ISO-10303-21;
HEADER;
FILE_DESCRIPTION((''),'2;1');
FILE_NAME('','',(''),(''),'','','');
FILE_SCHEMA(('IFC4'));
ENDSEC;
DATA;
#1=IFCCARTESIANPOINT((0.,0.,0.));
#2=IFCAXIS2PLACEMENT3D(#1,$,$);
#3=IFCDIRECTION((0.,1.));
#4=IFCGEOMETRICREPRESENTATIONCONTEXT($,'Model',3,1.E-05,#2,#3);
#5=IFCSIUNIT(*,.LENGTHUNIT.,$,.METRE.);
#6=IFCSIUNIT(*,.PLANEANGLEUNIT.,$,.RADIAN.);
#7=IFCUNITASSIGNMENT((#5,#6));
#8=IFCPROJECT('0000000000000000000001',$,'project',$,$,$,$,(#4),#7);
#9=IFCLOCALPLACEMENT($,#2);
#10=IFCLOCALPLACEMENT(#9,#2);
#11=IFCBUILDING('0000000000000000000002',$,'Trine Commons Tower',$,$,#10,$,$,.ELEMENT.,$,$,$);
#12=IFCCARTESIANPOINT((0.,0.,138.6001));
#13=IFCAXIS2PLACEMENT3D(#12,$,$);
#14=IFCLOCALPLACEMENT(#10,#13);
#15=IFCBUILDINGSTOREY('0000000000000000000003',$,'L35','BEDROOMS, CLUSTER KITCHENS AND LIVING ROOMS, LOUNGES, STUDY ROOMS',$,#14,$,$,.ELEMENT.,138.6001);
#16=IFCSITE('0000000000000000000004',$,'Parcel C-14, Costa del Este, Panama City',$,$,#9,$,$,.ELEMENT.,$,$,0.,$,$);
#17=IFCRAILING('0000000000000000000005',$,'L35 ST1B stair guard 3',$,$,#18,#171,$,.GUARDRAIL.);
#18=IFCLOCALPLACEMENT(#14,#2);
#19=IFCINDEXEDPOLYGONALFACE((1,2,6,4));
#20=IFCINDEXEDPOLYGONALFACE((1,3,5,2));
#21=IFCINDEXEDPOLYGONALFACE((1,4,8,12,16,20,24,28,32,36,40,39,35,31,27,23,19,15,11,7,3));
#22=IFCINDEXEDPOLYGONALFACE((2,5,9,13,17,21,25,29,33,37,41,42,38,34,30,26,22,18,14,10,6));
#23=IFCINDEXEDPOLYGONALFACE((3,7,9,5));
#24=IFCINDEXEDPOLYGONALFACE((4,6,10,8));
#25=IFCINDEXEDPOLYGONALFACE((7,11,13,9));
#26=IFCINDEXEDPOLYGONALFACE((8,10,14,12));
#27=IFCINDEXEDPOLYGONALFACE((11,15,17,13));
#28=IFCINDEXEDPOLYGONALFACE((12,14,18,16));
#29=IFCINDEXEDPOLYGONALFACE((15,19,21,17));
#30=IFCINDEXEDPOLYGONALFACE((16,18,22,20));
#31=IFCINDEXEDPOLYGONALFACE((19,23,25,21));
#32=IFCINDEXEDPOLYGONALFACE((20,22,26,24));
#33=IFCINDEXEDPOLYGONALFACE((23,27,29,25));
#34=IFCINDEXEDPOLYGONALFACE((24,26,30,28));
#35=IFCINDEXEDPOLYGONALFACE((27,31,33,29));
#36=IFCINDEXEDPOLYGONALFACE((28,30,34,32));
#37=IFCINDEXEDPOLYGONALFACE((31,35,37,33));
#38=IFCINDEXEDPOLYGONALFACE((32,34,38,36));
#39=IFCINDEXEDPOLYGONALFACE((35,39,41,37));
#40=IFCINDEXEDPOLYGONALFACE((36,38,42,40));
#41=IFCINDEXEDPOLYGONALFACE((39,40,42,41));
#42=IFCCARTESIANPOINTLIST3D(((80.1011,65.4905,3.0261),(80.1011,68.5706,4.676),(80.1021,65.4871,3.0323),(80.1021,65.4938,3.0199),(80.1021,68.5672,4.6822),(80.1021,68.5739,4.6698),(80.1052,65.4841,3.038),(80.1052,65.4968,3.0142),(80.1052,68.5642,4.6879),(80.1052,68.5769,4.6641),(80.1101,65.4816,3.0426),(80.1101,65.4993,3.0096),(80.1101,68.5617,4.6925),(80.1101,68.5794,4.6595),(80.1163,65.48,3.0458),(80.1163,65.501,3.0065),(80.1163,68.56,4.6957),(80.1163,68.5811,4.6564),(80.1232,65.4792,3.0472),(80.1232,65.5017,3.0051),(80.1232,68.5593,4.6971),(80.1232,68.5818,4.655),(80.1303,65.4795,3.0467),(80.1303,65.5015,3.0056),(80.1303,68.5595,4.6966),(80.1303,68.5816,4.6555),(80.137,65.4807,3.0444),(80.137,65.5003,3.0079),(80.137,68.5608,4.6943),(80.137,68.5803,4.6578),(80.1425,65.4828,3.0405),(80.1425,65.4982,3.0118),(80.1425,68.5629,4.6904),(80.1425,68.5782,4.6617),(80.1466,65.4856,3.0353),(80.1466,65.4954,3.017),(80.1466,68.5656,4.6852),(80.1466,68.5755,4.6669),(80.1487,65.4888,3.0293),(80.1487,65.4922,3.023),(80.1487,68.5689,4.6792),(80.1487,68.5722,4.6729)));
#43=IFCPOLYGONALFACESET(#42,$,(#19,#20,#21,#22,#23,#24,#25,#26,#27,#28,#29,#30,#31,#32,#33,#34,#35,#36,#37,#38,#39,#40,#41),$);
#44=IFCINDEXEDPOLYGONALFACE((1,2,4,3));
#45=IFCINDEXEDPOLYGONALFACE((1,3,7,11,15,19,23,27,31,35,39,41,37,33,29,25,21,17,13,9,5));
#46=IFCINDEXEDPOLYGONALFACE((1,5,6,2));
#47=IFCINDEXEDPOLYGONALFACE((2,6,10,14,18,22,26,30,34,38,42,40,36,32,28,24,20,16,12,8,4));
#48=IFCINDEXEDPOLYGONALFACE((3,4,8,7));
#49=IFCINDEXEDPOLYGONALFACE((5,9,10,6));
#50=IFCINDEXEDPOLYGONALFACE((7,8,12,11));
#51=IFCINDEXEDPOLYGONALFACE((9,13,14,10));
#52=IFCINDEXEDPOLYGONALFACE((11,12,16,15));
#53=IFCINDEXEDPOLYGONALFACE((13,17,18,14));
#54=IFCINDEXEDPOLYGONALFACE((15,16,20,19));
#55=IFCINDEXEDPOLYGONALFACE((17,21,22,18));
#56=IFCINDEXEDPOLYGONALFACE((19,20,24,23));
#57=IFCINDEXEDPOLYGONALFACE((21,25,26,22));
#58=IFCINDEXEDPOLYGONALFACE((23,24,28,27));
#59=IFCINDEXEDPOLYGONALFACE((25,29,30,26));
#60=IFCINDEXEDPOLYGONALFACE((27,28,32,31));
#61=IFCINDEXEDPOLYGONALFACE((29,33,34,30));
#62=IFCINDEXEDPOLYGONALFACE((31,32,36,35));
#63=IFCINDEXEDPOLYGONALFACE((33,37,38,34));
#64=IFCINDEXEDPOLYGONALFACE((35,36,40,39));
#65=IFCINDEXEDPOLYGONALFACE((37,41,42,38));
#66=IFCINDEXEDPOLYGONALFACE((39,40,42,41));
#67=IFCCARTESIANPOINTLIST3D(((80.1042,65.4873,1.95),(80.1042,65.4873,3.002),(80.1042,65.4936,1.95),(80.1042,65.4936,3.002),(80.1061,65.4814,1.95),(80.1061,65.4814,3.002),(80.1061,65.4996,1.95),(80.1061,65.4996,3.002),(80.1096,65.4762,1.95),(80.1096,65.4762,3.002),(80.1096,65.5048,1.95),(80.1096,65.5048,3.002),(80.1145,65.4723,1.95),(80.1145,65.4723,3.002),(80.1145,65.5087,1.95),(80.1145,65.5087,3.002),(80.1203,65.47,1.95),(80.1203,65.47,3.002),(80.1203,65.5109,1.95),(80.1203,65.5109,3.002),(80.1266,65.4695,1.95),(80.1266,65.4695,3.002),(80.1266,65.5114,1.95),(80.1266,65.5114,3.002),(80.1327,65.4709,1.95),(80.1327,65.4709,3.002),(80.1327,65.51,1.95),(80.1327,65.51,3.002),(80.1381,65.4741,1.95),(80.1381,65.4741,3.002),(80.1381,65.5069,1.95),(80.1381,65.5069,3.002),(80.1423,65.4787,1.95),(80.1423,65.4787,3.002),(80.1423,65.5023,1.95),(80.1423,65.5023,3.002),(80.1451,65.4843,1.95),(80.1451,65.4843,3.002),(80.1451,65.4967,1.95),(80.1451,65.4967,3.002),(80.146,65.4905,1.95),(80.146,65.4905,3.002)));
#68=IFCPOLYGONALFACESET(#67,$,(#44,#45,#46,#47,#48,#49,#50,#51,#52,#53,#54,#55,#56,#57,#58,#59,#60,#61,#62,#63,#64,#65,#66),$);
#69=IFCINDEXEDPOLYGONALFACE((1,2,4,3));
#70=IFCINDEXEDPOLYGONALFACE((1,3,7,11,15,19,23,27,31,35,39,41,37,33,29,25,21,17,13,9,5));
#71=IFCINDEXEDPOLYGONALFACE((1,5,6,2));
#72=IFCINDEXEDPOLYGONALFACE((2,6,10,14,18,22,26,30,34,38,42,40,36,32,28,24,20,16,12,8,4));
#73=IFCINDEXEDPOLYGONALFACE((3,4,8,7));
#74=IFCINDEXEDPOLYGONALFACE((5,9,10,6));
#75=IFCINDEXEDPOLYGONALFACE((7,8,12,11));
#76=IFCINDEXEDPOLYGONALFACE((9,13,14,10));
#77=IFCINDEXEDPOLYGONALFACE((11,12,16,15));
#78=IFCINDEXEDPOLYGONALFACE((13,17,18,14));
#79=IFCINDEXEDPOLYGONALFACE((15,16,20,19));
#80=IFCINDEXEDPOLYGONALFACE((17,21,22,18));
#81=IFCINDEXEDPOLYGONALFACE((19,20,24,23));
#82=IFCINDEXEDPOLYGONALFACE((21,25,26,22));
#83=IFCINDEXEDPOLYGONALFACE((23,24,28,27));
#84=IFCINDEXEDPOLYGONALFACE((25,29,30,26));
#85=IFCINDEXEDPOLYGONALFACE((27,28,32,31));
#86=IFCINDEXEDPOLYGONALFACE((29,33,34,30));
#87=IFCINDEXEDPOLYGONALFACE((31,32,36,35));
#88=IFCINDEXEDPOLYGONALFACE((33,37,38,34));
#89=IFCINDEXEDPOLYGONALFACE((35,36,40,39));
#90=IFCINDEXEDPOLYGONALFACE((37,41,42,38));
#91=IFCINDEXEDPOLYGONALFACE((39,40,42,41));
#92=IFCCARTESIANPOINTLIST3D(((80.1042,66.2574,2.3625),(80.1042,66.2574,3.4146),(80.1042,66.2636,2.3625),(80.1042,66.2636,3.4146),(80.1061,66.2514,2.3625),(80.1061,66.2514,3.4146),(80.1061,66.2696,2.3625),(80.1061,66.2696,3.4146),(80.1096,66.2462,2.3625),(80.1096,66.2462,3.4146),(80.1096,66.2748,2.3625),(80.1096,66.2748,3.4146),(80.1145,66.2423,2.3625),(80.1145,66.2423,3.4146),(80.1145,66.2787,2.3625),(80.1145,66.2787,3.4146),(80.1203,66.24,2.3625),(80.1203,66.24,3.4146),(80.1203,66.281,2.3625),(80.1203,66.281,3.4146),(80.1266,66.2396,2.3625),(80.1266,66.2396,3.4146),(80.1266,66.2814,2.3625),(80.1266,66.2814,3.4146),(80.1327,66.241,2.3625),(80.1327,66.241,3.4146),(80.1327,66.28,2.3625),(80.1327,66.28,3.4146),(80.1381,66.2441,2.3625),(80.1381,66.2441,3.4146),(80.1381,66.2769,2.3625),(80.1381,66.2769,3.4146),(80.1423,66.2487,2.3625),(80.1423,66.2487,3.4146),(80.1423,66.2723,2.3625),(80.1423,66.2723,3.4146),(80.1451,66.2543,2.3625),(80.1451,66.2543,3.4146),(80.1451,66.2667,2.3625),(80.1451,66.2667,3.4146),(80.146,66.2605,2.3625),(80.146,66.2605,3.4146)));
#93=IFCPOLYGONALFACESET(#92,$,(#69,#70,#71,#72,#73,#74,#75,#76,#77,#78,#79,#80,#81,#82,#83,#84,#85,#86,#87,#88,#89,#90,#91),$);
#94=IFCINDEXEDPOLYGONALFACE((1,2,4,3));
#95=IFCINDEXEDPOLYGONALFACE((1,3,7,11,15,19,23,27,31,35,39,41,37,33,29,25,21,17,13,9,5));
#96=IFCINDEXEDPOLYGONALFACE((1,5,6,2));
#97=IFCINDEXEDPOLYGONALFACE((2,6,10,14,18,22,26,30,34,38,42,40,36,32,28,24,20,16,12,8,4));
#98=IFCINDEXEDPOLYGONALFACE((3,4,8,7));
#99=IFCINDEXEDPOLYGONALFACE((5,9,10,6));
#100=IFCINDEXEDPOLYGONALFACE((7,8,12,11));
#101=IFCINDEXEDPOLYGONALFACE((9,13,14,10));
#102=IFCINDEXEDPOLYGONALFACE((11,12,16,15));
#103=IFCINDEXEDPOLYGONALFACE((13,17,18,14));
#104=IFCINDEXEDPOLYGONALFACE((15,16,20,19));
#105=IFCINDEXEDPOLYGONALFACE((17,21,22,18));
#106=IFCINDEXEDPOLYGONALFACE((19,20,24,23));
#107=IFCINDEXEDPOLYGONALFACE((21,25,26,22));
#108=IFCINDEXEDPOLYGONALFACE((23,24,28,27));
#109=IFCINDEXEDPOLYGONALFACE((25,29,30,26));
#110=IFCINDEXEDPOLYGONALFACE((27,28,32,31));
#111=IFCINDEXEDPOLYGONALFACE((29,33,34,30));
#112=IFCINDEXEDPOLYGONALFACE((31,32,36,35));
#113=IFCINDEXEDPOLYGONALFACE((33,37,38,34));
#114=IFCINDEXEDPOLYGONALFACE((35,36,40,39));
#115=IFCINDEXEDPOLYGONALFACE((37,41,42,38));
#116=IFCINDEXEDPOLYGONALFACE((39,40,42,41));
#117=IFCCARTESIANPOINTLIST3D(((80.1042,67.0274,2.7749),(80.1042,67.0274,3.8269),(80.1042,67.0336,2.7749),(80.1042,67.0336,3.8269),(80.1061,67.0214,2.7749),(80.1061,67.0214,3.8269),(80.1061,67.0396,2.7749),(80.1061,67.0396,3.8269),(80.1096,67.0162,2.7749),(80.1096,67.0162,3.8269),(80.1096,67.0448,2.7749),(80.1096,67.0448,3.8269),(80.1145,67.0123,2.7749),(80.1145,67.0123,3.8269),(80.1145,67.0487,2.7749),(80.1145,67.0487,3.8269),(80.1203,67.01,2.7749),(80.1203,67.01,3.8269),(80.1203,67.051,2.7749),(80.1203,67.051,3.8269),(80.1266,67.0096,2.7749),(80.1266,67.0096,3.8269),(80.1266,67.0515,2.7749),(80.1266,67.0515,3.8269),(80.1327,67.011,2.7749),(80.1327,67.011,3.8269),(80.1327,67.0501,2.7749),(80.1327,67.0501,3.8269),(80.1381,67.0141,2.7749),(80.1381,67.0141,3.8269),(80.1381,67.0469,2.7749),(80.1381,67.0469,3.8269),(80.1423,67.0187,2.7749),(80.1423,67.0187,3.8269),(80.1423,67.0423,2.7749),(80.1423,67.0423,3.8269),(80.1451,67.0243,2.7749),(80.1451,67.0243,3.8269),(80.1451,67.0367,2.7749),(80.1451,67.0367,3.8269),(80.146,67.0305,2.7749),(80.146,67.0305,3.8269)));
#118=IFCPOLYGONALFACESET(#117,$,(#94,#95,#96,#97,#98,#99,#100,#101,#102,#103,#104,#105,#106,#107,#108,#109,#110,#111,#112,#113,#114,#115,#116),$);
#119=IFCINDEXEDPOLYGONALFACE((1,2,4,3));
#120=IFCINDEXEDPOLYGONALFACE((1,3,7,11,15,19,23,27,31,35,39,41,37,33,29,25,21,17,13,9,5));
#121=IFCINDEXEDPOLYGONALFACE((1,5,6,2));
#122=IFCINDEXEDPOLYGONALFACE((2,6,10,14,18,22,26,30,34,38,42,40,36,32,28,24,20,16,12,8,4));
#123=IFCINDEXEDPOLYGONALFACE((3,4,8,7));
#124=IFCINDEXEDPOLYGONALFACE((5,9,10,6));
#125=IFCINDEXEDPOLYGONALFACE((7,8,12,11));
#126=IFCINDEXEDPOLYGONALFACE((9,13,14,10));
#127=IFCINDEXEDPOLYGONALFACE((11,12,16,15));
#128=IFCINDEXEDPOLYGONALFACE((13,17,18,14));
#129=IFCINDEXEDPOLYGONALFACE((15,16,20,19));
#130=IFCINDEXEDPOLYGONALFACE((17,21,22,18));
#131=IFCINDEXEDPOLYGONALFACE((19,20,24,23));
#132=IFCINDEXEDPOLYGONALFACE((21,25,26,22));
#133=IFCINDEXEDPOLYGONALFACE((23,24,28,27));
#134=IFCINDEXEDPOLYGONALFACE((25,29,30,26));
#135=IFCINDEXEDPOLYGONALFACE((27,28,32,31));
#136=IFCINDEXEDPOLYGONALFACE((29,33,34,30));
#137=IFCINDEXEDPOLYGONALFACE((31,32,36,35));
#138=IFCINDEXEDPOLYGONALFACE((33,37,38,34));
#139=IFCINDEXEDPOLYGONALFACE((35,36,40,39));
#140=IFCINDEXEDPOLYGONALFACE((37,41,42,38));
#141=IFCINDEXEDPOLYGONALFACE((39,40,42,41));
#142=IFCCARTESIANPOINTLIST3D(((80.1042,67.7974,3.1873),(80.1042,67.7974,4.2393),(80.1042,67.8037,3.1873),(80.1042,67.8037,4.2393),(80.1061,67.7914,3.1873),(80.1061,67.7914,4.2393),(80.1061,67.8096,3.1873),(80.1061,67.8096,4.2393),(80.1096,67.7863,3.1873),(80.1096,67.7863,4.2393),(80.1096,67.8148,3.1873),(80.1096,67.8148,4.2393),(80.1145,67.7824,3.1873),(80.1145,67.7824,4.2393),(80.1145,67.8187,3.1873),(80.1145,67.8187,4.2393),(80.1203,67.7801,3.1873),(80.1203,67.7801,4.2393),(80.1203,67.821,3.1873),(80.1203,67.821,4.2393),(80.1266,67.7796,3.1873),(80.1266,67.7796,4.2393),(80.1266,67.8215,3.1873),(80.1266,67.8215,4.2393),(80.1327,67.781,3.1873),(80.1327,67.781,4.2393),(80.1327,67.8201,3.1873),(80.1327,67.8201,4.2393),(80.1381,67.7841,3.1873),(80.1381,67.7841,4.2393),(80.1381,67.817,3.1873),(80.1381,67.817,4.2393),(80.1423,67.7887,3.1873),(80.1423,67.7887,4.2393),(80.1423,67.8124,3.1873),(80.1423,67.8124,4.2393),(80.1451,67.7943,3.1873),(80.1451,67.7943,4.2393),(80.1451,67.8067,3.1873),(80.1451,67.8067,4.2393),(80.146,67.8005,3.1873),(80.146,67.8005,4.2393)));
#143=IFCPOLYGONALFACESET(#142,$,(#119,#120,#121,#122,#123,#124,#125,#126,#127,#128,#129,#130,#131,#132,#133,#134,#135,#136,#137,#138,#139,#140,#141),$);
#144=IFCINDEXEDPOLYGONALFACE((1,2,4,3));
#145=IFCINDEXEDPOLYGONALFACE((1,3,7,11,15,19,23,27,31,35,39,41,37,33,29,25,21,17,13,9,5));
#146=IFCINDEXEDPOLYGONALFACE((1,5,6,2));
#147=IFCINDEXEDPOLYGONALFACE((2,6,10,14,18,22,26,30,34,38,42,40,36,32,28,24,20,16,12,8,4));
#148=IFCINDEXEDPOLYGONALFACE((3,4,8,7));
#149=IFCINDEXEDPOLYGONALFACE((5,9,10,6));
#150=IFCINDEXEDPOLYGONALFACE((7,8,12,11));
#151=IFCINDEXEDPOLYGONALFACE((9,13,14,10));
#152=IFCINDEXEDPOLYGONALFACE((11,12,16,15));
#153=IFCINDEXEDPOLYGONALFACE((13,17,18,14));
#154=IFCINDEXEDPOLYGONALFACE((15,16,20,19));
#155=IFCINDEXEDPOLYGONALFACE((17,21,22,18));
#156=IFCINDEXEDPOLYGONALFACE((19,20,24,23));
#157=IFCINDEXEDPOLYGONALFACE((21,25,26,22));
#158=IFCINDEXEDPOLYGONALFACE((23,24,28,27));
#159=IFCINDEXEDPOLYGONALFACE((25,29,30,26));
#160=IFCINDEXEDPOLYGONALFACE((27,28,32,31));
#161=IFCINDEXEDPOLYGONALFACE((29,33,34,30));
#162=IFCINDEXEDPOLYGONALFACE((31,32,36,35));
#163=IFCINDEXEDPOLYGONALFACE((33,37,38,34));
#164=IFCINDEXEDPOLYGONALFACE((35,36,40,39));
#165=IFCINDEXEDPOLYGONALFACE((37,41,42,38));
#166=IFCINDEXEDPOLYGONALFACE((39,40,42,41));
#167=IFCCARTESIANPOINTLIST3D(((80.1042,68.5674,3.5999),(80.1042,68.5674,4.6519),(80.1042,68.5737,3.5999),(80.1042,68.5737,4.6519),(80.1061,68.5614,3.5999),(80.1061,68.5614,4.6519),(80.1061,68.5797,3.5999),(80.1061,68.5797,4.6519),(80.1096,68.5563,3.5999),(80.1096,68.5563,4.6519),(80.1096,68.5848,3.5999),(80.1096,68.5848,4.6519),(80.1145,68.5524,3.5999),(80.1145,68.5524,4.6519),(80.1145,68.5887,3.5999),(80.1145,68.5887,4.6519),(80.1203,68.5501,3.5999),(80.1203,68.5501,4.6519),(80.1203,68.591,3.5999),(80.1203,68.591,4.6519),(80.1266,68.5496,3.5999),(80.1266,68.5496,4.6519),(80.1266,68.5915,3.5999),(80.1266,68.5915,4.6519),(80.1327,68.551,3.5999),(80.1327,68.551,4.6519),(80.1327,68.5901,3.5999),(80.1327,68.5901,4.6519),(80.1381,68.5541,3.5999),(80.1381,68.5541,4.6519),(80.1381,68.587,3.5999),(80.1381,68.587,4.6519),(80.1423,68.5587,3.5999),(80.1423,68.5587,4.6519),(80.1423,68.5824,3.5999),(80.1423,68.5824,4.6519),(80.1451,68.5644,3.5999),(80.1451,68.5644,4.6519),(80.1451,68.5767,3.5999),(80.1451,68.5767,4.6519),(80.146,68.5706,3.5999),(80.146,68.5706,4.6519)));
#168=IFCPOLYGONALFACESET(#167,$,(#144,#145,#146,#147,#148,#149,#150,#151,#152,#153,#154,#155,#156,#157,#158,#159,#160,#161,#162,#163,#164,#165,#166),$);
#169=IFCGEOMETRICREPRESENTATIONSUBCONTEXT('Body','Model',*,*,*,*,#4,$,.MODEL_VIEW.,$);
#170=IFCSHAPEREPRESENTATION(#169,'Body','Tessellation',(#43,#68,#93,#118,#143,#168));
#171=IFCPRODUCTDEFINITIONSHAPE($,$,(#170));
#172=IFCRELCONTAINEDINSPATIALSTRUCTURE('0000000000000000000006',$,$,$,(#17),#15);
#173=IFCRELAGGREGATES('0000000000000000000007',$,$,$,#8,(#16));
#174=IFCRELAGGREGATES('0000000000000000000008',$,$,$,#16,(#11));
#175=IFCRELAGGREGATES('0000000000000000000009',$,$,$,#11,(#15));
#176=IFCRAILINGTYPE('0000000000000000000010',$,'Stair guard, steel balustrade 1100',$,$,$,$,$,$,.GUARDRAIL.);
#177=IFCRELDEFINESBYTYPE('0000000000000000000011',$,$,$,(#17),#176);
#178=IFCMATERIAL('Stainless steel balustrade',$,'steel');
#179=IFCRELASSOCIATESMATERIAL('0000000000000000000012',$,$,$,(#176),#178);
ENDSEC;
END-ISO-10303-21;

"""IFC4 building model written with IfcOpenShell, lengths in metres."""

from ifc_helpers import new_model, si_unit, direction, frame, origin, origin_2d, place, context, subcontext, project, spatial, circle, extrude, material, type_object, element, save


model = new_model("IFC4")

# Units and contexts
model_context = context("Model", 3, precision=1e-05, world=origin(), true_north=direction((0.0, 1.0)))
body_context = subcontext(model_context, "Body", "Model", "MODEL_VIEW")
ifc_project = project(units=[si_unit("LENGTHUNIT", "METRE"), si_unit("PLANEANGLEUNIT", "RADIAN")], contexts=[model_context])

# Site, building, storey
site_placement = place(None, origin())
site = spatial("IfcSite", under=ifc_project, at=site_placement, Name="Parcel C-14, Costa del Este, Panama City", CompositionType="ELEMENT", RefElevation=0.0)
building_placement = place(site_placement, origin())
building = spatial("IfcBuilding", under=site, at=building_placement, Name="Trine Commons Tower", CompositionType="ELEMENT")
storey_placement = place(building_placement, frame((0.0, 0.0, 138.6001)))
storey = spatial("IfcBuildingStorey", under=building, at=storey_placement, Name="L35", Description="BEDROOMS, CLUSTER KITCHENS AND LIVING ROOMS, LOUNGES, STUDY ROOMS", CompositionType="ELEMENT", Elevation=138.6001)

# Railing
ifc_material_1 = material(Name="Stainless steel balustrade", Category="steel")
railing_type_1 = type_object("IfcRailingType", Name="Stair guard, steel balustrade 1100", PredefinedType="GUARDRAIL", material=ifc_material_1)
railing_1_placement = place(storey_placement, frame((80.125, 65.4905, 1.95)))
element("IfcRailing", 1, at=railing_1_placement, inside=storey, type_object=railing_type_1, Name="L35 ST1B stair guard 3", PredefinedType="GUARDRAIL", context=body_context, shape_type="SweptSolid", body=[
    extrude(circle(Radius=0.0239, at=origin_2d()), frame((0.0, 0.0, 1.0762), z_axis=(0.0, 0.881497, 0.47219), x_axis=(-1.0, 0.0, 0.0)), (0.0, 0.0, 1.0), 3.4941),
    extrude(circle(Radius=0.021, at=origin_2d()), origin(), (0.0, 0.0, 1.0), 1.052),
    extrude(circle(Radius=0.021, at=origin_2d()), frame((0.0, 0.77, 0.4126)), (0.0, 0.0, 1.0), 1.052),
    extrude(circle(Radius=0.021, at=origin_2d()), frame((0.0, 1.54, 0.825)), (0.0, 0.0, 1.0), 1.052),
    extrude(circle(Radius=0.021, at=origin_2d()), frame((0.0, 2.3101, 1.2373)), (0.0, 0.0, 1.0), 1.052),
    extrude(circle(Radius=0.021, at=origin_2d()), frame((0.0, 3.0801, 1.6499)), (0.0, 0.0, 1.0), 1.052),
])

save(model, "model.ifc")
